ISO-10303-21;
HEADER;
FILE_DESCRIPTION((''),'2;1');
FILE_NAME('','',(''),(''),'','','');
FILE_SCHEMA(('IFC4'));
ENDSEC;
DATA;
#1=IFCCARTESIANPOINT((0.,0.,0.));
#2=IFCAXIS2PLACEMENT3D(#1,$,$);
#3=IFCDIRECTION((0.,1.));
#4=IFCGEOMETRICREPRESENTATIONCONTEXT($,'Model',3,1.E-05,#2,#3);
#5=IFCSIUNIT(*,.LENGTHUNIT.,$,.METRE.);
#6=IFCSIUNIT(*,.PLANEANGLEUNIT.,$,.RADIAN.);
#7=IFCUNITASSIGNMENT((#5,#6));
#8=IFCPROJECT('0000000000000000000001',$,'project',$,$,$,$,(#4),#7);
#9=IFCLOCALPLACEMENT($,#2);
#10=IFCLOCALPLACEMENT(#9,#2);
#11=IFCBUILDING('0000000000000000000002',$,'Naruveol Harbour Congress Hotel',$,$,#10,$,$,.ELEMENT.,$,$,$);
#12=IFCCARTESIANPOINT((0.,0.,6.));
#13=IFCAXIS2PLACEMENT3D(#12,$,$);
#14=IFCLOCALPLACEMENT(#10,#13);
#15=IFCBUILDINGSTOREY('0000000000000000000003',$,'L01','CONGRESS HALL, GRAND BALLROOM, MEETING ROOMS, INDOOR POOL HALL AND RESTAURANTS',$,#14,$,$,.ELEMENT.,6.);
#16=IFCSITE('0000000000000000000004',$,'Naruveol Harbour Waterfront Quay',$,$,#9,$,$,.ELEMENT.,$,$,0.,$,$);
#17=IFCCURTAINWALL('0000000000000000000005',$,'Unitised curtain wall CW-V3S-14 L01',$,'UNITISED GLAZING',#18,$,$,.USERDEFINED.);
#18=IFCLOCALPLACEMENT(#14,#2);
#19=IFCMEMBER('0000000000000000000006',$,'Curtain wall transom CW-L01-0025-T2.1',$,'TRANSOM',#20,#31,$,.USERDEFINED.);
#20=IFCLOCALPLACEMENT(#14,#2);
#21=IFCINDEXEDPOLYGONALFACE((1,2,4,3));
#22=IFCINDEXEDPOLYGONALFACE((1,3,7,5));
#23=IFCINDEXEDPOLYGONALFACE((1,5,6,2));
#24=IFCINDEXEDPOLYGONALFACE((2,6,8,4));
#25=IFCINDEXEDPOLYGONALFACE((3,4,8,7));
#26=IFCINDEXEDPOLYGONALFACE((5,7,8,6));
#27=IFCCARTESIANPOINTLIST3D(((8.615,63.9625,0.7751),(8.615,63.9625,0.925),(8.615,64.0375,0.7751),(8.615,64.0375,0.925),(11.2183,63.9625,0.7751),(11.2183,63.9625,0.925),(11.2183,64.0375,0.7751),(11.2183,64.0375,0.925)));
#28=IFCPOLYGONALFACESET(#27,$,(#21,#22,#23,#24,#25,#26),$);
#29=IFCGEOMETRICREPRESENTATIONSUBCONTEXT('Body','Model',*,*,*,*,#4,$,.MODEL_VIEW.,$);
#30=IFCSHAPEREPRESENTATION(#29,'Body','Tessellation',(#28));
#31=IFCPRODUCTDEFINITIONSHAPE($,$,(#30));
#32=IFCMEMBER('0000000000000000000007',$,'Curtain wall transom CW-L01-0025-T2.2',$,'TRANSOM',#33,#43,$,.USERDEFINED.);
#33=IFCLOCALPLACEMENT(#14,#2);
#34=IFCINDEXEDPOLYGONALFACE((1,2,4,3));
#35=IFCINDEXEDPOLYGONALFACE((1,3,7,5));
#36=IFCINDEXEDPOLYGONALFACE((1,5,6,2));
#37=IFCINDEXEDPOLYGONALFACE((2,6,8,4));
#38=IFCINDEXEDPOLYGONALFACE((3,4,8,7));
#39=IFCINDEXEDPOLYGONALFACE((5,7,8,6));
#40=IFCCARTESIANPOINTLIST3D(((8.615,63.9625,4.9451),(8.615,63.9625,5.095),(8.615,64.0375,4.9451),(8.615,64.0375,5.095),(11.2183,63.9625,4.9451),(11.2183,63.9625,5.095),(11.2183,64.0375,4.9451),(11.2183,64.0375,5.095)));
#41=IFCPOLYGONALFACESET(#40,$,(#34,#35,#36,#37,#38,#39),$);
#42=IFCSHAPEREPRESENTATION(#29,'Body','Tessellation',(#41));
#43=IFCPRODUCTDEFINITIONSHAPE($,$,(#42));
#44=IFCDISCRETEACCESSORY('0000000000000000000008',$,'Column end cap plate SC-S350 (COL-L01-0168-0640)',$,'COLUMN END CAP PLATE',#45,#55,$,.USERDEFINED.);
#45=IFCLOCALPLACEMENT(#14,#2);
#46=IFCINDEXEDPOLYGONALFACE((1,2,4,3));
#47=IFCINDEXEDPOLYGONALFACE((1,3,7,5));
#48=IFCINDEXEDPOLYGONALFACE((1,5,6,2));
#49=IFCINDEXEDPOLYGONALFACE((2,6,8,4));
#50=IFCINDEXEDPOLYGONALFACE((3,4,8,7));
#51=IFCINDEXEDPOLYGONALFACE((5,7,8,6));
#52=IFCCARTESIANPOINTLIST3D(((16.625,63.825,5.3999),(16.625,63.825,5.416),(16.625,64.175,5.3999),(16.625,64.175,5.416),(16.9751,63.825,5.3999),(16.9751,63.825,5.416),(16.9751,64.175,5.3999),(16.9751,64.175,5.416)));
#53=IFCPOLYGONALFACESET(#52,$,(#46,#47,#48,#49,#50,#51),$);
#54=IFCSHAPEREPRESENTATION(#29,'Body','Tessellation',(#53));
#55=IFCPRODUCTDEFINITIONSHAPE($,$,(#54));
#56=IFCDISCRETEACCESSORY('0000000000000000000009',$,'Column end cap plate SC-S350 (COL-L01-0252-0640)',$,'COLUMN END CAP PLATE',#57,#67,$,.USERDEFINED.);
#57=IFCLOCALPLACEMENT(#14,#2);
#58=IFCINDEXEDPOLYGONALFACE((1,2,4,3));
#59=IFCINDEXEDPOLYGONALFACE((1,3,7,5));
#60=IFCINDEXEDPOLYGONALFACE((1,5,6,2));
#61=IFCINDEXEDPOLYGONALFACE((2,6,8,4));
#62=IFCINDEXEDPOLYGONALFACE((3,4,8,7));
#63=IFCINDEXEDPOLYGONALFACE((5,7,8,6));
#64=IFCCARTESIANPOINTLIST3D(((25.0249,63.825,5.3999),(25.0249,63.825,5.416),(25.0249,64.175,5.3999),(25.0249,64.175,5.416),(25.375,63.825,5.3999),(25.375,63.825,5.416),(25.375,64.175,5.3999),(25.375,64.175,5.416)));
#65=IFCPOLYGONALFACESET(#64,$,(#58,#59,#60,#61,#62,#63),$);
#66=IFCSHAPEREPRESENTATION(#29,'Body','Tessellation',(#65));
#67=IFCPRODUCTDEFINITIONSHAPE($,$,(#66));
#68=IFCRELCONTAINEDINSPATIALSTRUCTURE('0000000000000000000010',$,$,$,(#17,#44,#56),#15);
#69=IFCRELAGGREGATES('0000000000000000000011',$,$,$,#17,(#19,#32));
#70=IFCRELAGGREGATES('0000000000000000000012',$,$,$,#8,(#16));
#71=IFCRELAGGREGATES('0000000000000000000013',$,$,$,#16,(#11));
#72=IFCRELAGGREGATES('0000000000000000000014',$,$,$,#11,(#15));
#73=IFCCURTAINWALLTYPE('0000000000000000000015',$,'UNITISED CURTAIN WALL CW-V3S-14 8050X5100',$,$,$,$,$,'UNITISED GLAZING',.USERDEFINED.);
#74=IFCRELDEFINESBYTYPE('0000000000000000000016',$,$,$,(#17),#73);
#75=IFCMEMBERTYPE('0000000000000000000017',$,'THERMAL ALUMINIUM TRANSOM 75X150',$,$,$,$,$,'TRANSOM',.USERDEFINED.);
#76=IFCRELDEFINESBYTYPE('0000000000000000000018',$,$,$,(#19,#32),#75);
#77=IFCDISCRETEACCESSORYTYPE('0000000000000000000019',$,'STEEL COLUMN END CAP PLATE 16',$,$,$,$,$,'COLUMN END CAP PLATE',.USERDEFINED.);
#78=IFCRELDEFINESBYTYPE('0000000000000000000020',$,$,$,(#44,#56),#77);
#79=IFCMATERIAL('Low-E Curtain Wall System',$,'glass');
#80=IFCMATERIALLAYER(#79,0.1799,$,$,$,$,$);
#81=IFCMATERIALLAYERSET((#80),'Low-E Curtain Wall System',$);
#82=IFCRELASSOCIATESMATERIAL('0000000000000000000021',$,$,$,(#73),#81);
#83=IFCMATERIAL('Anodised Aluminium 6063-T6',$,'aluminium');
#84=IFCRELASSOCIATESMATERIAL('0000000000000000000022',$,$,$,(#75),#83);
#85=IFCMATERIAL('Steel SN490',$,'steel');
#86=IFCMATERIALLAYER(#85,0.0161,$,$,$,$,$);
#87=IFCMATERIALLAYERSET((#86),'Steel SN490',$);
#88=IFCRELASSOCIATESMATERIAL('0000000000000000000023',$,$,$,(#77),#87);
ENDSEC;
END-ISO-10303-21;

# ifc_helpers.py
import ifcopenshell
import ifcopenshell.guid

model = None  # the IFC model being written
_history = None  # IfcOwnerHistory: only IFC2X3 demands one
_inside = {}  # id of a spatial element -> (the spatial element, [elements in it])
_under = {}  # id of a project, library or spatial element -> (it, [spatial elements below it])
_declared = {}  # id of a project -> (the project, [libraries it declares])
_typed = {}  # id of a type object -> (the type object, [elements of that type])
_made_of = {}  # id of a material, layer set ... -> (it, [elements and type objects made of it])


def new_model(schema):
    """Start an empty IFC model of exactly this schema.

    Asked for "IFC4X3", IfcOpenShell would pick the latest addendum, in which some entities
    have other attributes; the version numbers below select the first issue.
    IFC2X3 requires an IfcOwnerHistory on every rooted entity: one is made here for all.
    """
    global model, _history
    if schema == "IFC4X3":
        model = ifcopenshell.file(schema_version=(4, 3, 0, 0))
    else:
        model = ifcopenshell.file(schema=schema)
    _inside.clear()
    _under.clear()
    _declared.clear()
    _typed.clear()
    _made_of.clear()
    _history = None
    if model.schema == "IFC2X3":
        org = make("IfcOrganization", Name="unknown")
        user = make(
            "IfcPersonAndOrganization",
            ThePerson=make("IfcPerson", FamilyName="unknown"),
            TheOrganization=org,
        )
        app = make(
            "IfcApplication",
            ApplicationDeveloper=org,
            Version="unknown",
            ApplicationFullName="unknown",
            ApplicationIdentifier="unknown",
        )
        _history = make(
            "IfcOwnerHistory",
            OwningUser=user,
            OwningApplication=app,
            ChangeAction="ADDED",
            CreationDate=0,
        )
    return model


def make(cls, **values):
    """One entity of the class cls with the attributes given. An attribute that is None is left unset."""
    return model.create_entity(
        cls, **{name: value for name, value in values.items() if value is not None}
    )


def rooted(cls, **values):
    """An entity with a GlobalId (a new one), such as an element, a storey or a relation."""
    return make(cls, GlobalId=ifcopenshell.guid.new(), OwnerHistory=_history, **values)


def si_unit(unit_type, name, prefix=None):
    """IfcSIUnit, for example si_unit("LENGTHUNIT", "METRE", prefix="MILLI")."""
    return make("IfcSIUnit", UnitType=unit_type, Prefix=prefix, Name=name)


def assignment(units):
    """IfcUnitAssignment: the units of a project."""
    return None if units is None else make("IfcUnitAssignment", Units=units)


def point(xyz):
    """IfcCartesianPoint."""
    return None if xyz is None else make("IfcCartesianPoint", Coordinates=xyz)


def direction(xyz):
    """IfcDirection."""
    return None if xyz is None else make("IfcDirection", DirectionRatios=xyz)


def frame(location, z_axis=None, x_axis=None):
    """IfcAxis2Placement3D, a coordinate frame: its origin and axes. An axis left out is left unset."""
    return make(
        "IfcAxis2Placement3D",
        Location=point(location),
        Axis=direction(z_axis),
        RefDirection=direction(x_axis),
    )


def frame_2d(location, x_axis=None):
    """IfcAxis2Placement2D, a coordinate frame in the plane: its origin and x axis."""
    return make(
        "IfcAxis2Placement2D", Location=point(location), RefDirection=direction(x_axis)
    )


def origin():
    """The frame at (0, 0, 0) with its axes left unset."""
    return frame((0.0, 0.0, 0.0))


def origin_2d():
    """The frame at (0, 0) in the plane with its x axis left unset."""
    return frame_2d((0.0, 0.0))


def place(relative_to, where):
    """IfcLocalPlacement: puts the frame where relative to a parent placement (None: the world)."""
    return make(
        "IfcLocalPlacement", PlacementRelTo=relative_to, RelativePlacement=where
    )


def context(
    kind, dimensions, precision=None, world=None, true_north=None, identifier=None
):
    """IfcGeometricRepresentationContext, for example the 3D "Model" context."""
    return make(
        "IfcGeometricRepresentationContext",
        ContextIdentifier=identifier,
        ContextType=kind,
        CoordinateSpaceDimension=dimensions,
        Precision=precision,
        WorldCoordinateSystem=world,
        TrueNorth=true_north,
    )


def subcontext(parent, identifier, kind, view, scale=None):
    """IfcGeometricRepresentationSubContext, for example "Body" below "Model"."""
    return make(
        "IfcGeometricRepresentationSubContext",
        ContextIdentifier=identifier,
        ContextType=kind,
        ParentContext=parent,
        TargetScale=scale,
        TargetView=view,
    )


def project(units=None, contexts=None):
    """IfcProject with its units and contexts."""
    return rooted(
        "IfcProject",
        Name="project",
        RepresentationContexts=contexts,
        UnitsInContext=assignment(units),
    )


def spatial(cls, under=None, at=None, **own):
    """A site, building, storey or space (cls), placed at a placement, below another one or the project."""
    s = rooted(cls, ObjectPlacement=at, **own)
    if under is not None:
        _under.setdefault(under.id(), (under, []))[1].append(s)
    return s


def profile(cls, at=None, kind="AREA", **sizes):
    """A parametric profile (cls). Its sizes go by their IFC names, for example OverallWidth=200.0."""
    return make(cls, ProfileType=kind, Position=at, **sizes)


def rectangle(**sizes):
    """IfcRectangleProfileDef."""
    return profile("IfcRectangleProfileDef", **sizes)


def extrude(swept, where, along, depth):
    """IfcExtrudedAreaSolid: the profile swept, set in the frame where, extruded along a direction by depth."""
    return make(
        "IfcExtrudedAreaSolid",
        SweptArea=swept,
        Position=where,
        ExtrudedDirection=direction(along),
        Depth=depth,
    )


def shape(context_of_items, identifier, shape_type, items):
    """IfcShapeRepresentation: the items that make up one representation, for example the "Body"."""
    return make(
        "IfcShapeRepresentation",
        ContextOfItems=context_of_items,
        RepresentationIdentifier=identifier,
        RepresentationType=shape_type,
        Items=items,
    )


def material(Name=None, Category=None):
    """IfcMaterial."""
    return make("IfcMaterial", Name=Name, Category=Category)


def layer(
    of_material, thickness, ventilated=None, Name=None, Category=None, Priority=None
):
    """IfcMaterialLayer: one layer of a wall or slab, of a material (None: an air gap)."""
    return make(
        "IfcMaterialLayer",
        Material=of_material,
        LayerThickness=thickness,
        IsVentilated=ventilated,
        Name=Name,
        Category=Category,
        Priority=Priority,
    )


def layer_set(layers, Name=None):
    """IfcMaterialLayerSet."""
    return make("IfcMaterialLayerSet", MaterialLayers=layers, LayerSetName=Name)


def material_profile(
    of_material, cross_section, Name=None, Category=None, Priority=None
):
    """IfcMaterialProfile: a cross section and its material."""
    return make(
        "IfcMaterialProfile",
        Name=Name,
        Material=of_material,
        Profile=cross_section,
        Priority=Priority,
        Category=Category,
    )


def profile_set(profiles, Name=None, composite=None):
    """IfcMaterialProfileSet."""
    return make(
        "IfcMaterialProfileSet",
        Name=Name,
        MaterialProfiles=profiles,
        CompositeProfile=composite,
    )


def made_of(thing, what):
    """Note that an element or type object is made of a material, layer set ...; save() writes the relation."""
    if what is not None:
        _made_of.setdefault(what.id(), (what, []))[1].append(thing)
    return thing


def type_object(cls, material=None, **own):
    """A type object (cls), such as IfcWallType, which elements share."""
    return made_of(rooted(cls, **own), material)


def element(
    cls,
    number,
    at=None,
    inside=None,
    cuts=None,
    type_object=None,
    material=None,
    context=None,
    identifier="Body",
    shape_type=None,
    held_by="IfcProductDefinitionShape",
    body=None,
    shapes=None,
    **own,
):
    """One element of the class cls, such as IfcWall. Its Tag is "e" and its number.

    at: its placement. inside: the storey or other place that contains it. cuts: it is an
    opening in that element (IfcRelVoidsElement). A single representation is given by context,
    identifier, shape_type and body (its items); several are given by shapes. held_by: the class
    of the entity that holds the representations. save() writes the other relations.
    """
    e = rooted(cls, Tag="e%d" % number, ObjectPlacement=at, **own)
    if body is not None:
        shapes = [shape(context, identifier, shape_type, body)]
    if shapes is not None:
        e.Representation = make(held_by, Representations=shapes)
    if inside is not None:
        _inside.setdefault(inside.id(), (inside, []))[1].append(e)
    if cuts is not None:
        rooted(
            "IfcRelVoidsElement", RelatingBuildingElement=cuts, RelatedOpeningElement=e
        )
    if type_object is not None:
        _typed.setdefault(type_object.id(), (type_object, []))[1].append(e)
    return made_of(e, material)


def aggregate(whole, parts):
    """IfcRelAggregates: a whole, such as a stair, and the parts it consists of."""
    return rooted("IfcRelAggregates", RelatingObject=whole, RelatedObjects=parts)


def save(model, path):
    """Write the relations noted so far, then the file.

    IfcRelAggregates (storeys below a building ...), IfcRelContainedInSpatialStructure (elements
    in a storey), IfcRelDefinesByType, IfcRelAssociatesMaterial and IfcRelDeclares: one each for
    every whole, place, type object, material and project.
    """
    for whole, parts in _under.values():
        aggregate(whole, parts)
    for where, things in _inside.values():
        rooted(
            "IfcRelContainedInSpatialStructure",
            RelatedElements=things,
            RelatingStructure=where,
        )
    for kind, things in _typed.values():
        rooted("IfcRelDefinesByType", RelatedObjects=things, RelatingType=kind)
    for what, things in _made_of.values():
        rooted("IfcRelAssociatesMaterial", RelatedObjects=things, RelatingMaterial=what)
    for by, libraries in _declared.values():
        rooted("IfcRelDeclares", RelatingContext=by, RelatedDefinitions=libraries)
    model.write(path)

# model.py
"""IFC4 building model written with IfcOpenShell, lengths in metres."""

from ifc_helpers import new_model, si_unit, direction, frame, origin, origin_2d, place, context, subcontext, project, spatial, rectangle, extrude, material, layer, layer_set, material_profile, profile_set, type_object, element, aggregate, save


model = new_model("IFC4")

# Units and contexts
model_context = context("Model", 3, precision=1e-05, world=origin(), true_north=direction((0.0, 1.0)))
body_context = subcontext(model_context, "Body", "Model", "MODEL_VIEW")
ifc_project = project(units=[si_unit("LENGTHUNIT", "METRE"), si_unit("PLANEANGLEUNIT", "RADIAN")], contexts=[model_context])

# Site, building, storey
site_placement = place(None, origin())
site = spatial("IfcSite", under=ifc_project, at=site_placement, Name="Naruveol Harbour Waterfront Quay", CompositionType="ELEMENT", RefElevation=0.0)
building_placement = place(site_placement, origin())
building = spatial("IfcBuilding", under=site, at=building_placement, Name="Naruveol Harbour Congress Hotel", CompositionType="ELEMENT")
storey_placement = place(building_placement, frame((0.0, 0.0, 6.0)))
storey = spatial("IfcBuildingStorey", under=building, at=storey_placement, Name="L01", Description="CONGRESS HALL, GRAND BALLROOM, MEETING ROOMS, INDOOR POOL HALL AND RESTAURANTS", CompositionType="ELEMENT", Elevation=6.0)

# Shared definitions
ifc_material_1 = material(Name="Low-E Curtain Wall System", Category="glass")
ifc_layer_1 = layer(ifc_material_1, 0.1799)
ifc_layer_set_1 = layer_set([ifc_layer_1], Name="Low-E Curtain Wall System")
curtain_wall_type = type_object("IfcCurtainWallType", Name="UNITISED CURTAIN WALL CW-V3S-14 8050X5100", ElementType="UNITISED GLAZING", PredefinedType="USERDEFINED", material=ifc_layer_set_1)

# Curtain wall
curtain_wall_1_placement = place(storey_placement, origin())
curtain_wall_1 = element("IfcCurtainWall", 1, at=curtain_wall_1_placement, inside=storey, type_object=curtain_wall_type, Name="Unitised curtain wall CW-V3S-14 L01", ObjectType="UNITISED GLAZING", PredefinedType="USERDEFINED")

# Members
ifc_material_2 = material(Name="Anodised Aluminium 6063-T6", Category="aluminium")
ifc_material_profile_1 = material_profile(ifc_material_2, rectangle(XDim=0.075, YDim=0.1499, at=origin_2d()), Name="ALU-75x150")
ifc_profile_set_1 = profile_set([ifc_material_profile_1], Name="Anodised Aluminium 6063-T6")
member_type_1 = type_object("IfcMemberType", Name="THERMAL ALUMINIUM TRANSOM 75X150", ElementType="TRANSOM", PredefinedType="USERDEFINED", material=ifc_profile_set_1)
member_1_placement = place(storey_placement, frame((11.2183, 64.0, 0.8501), z_axis=(-1.0, 0.0, 0.0), x_axis=(0.0, -1.0, 0.0)))
member_1 = element("IfcMember", 2, at=member_1_placement, type_object=member_type_1, Name="Curtain wall transom CW-L01-0025-T2.1", ObjectType="TRANSOM", PredefinedType="USERDEFINED", context=body_context, shape_type="SweptSolid", body=[
    extrude(rectangle(XDim=0.075, YDim=0.1499, at=origin_2d()), origin(), (0.0, 0.0, 1.0), 2.6033),
])
member_2_placement = place(storey_placement, frame((11.2183, 64.0, 5.02), z_axis=(-1.0, 0.0, 0.0), x_axis=(0.0, -1.0, 0.0)))
member_2 = element("IfcMember", 3, at=member_2_placement, type_object=member_type_1, Name="Curtain wall transom CW-L01-0025-T2.2", ObjectType="TRANSOM", PredefinedType="USERDEFINED", context=body_context, shape_type="SweptSolid", body=[
    extrude(rectangle(XDim=0.075, YDim=0.1499, at=origin_2d()), origin(), (0.0, 0.0, 1.0), 2.6033),
])
aggregate(curtain_wall_1, [member_1, member_2])

# Discrete accessories
ifc_material_3 = material(Name="Steel SN490", Category="steel")
ifc_layer_2 = layer(ifc_material_3, 0.0161)
ifc_layer_set_2 = layer_set([ifc_layer_2], Name="Steel SN490")
discrete_accessory_type = type_object("IfcDiscreteAccessoryType", Name="STEEL COLUMN END CAP PLATE 16", ElementType="COLUMN END CAP PLATE", PredefinedType="USERDEFINED", material=ifc_layer_set_2)
for number, where, z_axis, x_axis, name in (
    (4, (16.8, 64.0, 5.3999), (0.0, 0.0, 1.0), (1.0, 0.0, 0.0), "Column end cap plate SC-S350 (COL-L01-0168-0640)"),
    (5, (25.2, 64.0, 5.3999), (0.0, 0.0, 1.0), (1.0, 0.0, 0.0), "Column end cap plate SC-S350 (COL-L01-0252-0640)"),
):
    element("IfcDiscreteAccessory", number, at=place(storey_placement, frame(where, z_axis=z_axis, x_axis=x_axis)), inside=storey, type_object=discrete_accessory_type, Name=name, ObjectType="COLUMN END CAP PLATE", PredefinedType="USERDEFINED", context=body_context, shape_type="SweptSolid", body=[
        extrude(rectangle(XDim=0.3501, YDim=0.3501, at=origin_2d()), origin(), (0.0, 0.0, 1.0), 0.0161),
    ])

save(model, "model.ifc")
